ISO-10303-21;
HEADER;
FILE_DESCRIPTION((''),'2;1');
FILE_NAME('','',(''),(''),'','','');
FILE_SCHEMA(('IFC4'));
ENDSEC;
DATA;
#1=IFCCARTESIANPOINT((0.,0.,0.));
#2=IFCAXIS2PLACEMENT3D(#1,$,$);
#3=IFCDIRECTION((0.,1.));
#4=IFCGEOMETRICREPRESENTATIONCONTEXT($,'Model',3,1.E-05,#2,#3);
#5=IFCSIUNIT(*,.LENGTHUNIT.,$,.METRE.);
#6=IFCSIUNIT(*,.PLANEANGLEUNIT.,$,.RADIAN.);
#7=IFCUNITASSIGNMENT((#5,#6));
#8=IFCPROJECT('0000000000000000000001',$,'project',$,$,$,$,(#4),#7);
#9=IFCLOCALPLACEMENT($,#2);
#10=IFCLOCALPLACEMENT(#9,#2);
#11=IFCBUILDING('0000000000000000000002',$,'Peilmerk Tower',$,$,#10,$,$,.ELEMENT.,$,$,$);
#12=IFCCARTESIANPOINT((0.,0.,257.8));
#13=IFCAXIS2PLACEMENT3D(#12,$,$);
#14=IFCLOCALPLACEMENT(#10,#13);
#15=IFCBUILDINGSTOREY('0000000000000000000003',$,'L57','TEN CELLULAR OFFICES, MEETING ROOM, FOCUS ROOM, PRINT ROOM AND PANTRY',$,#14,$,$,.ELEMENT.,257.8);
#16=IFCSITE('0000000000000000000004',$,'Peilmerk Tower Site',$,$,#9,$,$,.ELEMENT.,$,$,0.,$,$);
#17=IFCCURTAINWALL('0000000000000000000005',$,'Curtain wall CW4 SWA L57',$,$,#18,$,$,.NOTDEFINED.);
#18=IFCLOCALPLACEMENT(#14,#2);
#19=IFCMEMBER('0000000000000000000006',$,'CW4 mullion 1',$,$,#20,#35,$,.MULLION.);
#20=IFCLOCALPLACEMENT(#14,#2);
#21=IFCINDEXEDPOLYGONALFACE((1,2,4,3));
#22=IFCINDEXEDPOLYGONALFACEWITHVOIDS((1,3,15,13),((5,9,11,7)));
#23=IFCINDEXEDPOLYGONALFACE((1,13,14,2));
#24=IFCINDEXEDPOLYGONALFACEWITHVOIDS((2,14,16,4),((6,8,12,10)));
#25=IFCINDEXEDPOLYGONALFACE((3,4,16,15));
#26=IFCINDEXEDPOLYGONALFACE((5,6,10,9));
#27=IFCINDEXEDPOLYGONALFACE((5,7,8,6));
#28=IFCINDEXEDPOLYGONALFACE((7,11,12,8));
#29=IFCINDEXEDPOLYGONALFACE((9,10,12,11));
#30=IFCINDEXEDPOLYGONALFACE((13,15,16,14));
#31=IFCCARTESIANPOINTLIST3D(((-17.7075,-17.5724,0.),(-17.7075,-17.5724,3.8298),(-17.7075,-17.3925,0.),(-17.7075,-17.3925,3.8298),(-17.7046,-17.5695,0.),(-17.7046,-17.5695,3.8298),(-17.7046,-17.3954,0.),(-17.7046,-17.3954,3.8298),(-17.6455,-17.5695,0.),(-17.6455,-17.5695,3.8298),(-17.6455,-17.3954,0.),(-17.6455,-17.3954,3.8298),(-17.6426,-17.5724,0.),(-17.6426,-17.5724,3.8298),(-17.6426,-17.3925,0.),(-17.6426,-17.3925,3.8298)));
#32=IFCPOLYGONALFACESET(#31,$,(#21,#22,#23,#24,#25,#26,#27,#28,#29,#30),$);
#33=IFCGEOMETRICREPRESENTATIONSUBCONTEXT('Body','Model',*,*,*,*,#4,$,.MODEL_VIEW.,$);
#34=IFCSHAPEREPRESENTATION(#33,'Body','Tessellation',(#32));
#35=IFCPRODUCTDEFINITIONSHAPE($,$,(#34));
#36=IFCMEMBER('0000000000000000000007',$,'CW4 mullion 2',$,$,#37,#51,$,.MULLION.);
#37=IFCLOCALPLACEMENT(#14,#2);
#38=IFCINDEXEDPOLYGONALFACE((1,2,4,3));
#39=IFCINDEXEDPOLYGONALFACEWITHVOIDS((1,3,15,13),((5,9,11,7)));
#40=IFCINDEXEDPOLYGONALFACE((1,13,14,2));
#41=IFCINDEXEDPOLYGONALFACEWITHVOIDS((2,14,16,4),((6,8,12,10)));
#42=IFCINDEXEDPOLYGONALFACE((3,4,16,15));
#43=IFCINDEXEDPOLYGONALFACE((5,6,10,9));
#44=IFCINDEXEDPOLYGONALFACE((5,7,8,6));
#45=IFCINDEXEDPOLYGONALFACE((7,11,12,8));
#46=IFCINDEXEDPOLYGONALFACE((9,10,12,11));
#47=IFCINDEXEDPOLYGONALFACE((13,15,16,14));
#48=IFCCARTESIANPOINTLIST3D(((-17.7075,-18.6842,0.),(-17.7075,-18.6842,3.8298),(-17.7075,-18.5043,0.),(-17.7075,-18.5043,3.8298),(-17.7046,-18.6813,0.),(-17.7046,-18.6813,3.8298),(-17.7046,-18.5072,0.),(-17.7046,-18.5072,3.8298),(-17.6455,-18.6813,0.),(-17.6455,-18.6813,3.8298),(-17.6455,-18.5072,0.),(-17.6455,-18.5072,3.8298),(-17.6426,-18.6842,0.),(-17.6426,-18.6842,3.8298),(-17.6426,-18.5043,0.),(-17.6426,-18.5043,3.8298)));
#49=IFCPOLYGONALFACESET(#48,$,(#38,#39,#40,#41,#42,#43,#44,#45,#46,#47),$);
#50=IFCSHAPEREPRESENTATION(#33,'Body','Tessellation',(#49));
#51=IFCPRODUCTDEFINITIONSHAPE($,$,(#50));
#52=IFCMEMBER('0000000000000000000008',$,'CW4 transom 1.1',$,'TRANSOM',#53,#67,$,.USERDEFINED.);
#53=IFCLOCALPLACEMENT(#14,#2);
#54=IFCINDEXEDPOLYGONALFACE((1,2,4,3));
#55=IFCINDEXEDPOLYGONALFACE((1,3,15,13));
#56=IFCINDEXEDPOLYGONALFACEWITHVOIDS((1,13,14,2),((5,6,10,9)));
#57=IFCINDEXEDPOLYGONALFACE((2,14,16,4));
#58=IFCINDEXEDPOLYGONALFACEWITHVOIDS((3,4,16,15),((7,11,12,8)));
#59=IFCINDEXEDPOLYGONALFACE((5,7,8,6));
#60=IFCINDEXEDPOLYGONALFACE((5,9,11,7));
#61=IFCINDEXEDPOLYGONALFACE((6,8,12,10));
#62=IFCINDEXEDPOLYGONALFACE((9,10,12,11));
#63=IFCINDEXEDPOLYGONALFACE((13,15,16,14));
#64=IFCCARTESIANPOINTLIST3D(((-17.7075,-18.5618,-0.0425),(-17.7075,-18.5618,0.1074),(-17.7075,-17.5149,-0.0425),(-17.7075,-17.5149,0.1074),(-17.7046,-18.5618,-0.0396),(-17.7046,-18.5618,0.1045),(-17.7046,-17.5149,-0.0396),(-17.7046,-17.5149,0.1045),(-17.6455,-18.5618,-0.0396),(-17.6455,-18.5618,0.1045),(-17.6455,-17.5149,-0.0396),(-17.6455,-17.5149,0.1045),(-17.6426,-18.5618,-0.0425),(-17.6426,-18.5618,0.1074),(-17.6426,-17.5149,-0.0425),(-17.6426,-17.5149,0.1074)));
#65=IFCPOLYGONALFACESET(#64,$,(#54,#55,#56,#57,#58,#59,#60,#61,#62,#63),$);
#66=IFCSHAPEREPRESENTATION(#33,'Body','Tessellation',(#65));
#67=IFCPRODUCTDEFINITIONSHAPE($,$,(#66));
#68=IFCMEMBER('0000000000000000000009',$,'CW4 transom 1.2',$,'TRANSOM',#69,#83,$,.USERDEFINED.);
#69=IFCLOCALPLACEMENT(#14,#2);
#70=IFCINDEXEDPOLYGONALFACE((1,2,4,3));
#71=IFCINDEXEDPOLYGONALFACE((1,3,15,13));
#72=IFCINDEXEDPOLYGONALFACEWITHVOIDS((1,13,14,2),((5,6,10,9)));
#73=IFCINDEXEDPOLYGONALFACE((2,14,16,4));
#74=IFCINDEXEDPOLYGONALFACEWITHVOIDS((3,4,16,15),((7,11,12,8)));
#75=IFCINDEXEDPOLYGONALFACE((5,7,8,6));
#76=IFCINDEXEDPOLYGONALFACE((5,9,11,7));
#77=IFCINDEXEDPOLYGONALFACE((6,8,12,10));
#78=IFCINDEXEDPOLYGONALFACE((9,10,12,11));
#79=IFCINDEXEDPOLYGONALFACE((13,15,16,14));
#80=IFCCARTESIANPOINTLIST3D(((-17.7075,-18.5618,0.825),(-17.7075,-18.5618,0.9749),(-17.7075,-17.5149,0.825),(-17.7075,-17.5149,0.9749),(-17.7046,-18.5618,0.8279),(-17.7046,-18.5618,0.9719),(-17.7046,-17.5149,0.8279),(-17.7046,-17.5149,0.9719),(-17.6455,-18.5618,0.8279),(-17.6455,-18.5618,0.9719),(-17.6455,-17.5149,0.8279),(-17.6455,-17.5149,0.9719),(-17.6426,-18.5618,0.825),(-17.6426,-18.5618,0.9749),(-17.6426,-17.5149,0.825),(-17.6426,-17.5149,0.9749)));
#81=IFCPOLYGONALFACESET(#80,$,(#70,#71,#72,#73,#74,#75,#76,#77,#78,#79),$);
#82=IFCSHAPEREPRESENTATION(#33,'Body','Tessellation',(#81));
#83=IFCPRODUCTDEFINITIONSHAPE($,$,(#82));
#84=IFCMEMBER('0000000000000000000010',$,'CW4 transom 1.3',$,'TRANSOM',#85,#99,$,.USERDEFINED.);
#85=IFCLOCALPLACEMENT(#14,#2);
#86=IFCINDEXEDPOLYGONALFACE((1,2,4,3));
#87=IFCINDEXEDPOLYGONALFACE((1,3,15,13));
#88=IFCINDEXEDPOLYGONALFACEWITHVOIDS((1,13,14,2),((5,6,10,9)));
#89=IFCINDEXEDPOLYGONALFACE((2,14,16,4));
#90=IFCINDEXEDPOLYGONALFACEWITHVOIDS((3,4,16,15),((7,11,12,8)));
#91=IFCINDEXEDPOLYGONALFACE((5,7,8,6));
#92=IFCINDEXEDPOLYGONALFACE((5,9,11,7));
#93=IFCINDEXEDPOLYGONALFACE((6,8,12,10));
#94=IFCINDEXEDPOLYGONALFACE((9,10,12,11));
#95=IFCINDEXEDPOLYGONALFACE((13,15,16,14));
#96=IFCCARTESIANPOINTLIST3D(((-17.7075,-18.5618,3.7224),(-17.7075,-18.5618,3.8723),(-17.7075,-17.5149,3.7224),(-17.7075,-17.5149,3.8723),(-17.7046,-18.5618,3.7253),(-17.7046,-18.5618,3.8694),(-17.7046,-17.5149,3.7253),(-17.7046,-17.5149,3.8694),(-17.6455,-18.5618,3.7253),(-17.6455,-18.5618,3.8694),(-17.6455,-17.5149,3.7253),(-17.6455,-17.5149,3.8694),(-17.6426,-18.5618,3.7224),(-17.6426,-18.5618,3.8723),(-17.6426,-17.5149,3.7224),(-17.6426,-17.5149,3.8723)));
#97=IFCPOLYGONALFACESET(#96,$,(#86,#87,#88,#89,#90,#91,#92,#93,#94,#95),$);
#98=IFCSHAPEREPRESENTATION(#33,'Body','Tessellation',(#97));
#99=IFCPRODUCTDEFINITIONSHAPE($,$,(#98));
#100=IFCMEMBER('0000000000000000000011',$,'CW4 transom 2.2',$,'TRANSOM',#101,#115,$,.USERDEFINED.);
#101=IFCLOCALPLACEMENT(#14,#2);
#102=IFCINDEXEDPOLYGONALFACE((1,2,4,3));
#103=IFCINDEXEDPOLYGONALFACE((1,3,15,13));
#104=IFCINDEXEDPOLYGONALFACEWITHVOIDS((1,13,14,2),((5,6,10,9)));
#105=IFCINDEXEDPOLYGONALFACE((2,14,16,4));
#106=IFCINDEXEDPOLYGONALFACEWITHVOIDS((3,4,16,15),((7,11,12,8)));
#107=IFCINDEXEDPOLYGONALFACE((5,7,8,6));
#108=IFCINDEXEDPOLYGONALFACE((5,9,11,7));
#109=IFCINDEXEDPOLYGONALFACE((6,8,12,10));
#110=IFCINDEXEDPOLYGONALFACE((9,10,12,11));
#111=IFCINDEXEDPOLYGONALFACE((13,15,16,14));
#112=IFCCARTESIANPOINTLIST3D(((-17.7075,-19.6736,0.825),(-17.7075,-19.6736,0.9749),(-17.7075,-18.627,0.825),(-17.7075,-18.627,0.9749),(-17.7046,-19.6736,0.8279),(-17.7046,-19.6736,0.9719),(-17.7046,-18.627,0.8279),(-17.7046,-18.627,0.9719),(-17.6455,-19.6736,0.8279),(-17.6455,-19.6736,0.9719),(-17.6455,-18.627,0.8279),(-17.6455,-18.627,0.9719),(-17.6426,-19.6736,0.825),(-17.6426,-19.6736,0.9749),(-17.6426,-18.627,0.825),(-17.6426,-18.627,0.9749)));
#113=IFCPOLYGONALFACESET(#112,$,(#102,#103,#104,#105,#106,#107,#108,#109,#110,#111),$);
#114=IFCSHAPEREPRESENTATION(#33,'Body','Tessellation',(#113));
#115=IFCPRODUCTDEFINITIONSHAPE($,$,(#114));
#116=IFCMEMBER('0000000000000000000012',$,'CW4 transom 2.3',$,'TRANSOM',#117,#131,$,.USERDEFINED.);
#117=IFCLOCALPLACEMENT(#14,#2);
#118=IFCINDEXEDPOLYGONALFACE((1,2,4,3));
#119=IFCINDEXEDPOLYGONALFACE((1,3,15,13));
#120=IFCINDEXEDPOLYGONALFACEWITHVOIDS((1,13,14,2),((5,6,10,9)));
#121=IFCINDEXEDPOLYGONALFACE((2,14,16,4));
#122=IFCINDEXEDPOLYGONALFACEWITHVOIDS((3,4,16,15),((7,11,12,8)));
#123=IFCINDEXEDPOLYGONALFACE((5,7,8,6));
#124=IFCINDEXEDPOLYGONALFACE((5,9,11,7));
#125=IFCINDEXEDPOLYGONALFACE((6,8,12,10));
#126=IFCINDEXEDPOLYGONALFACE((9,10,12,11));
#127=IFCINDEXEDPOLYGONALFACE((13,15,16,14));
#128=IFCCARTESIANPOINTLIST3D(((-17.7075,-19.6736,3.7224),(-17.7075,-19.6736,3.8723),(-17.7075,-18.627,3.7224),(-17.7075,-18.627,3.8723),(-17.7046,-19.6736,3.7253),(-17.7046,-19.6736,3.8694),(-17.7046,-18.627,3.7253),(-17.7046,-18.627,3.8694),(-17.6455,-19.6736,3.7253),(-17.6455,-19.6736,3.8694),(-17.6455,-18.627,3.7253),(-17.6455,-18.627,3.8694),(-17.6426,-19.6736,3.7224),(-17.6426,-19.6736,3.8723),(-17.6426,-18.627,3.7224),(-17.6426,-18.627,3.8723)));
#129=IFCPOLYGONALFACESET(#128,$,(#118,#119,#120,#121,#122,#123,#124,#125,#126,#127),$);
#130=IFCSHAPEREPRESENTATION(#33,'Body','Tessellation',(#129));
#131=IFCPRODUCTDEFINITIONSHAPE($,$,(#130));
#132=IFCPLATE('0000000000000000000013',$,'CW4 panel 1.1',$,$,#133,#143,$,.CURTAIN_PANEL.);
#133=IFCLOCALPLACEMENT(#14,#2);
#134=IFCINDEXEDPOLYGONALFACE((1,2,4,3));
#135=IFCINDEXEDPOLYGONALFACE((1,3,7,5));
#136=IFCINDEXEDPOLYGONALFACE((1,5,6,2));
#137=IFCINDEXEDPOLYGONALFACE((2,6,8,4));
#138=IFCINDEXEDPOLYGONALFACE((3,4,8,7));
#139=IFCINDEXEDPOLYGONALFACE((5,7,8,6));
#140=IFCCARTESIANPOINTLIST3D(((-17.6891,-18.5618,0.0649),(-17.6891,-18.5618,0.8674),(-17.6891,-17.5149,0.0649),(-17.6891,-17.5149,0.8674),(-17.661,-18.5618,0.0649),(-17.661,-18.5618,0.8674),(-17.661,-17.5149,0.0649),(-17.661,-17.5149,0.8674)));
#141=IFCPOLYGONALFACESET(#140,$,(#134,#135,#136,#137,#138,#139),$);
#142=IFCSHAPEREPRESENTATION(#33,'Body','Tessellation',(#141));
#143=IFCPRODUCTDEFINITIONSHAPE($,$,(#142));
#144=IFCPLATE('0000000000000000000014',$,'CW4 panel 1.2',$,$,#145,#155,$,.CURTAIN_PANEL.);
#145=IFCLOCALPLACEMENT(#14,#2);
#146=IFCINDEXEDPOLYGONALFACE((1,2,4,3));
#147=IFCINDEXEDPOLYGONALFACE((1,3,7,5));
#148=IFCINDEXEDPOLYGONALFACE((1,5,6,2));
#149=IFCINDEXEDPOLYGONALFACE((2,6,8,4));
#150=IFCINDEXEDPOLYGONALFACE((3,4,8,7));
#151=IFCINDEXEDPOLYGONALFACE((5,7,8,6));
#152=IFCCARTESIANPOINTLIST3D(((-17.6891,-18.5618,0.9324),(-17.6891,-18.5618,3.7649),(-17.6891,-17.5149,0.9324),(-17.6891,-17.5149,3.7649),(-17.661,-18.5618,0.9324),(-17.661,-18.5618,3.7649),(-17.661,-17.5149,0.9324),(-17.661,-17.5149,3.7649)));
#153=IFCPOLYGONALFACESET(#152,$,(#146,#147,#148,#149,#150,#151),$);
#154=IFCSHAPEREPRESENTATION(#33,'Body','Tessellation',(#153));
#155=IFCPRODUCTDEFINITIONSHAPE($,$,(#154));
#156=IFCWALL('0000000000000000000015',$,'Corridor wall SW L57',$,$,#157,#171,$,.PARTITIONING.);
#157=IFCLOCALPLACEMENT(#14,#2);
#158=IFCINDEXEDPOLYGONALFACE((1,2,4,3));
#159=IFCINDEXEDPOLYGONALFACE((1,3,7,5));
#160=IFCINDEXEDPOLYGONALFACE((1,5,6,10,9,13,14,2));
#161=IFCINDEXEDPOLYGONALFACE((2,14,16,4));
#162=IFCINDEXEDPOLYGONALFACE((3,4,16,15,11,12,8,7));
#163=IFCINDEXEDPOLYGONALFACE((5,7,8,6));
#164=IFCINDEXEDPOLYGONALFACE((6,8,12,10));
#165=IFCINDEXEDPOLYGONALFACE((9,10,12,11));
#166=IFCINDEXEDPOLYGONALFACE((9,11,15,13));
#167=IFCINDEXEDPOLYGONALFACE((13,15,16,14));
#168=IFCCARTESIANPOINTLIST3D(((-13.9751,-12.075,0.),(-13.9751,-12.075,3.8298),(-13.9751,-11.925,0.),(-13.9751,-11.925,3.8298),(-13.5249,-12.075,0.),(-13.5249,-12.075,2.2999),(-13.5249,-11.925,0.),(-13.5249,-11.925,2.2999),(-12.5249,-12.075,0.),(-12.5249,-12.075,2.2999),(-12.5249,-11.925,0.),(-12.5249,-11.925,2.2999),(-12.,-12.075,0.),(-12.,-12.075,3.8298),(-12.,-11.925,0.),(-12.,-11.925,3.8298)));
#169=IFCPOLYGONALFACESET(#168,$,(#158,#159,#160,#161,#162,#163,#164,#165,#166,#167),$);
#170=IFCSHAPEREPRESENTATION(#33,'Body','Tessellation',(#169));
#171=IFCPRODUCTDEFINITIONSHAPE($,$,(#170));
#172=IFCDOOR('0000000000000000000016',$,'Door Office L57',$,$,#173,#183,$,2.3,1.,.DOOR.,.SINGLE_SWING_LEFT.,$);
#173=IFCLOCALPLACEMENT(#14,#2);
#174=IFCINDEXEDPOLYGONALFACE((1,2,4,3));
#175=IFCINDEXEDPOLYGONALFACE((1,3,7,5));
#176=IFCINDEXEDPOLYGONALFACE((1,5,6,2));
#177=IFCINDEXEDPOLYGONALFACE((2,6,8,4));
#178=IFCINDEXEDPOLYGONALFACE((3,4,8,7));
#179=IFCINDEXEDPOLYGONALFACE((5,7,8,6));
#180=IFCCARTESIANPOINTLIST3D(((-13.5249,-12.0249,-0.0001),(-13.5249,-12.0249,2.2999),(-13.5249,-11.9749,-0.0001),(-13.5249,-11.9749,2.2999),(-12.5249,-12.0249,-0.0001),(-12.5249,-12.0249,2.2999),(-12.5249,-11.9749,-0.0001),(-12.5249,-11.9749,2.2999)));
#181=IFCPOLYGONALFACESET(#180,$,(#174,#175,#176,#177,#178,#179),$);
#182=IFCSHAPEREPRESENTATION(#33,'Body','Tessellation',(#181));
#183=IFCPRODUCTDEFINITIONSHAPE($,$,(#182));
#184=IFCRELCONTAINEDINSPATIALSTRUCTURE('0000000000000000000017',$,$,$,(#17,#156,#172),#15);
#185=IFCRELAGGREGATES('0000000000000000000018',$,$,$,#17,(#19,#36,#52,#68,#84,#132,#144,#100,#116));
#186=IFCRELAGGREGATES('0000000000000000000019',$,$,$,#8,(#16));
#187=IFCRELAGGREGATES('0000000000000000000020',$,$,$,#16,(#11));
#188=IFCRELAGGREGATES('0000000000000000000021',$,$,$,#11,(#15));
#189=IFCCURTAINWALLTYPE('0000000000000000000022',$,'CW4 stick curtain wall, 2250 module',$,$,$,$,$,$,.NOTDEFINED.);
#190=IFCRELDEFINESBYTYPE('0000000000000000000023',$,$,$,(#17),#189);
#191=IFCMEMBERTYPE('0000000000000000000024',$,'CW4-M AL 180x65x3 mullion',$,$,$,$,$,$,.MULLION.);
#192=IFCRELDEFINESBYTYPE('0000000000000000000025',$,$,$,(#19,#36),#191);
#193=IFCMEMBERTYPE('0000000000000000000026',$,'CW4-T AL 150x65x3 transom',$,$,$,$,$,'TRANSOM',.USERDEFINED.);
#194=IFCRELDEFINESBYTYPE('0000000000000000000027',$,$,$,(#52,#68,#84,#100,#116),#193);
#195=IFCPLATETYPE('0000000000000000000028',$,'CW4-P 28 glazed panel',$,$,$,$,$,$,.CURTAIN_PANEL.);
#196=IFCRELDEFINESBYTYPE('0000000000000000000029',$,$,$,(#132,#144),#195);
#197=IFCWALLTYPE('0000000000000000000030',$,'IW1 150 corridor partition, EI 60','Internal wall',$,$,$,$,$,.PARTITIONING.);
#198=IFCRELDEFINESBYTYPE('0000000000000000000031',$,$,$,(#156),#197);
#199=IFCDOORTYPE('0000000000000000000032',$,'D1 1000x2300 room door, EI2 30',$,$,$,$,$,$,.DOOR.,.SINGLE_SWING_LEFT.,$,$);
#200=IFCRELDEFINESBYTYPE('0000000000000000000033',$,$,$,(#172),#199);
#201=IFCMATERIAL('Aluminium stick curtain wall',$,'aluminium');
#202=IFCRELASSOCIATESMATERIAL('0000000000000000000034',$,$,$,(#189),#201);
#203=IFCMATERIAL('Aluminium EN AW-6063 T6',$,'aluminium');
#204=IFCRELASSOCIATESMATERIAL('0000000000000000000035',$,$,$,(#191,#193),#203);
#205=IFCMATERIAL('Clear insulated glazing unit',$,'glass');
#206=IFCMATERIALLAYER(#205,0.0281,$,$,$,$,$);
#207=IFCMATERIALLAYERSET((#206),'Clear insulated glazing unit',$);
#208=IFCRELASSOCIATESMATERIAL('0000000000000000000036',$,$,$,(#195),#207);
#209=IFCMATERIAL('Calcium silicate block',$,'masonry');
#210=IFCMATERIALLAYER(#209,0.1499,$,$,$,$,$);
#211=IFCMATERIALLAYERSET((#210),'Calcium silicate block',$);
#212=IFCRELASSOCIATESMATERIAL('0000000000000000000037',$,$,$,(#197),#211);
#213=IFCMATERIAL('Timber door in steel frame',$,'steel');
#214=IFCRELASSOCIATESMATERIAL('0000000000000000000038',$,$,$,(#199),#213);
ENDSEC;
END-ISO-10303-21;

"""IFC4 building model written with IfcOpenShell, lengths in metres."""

from ifc_helpers import new_model, si_unit, direction, frame, frame_2d, origin, origin_2d, place, context, subcontext, project, spatial, rectangle, hollow_rectangle, extrude, material, layer, layer_set, material_profile, profile_set, type_object, element, fill, aggregate, save


model = new_model("IFC4")

# Units and contexts
model_context = context("Model", 3, precision=1e-05, world=origin(), true_north=direction((0.0, 1.0)))
body_context = subcontext(model_context, "Body", "Model", "MODEL_VIEW")
ifc_project = project(units=[si_unit("LENGTHUNIT", "METRE"), si_unit("PLANEANGLEUNIT", "RADIAN")], contexts=[model_context])

# Site, building, storey
site_placement = place(None, origin())
site = spatial("IfcSite", under=ifc_project, at=site_placement, Name="Peilmerk Tower Site", CompositionType="ELEMENT", RefElevation=0.0)
building_placement = place(site_placement, origin())
building = spatial("IfcBuilding", under=site, at=building_placement, Name="Peilmerk Tower", CompositionType="ELEMENT")
storey_placement = place(building_placement, frame((0.0, 0.0, 257.8)))
storey = spatial("IfcBuildingStorey", under=building, at=storey_placement, Name="L57", Description="TEN CELLULAR OFFICES, MEETING ROOM, FOCUS ROOM, PRINT ROOM AND PANTRY", CompositionType="ELEMENT", Elevation=257.8)

# Curtain wall, members, plates
ifc_material_1 = material(Name="Aluminium stick curtain wall", Category="aluminium")
curtain_wall_type = type_object("IfcCurtainWallType", Name="CW4 stick curtain wall, 2250 module", PredefinedType="NOTDEFINED", material=ifc_material_1)
curtain_wall_placement = place(storey_placement, origin())
curtain_wall = element("IfcCurtainWall", 1, at=curtain_wall_placement, inside=storey, type_object=curtain_wall_type, Name="Curtain wall CW4 SWA L57", PredefinedType="NOTDEFINED")
ifc_material_2 = material(Name="Aluminium EN AW-6063 T6", Category="aluminium")
ifc_material_profile_1 = material_profile(ifc_material_2, hollow_rectangle(XDim=0.0649, YDim=0.1799, WallThickness=0.0029, at=origin_2d()), Name="AL 180x65x3")
ifc_profile_set_1 = profile_set([ifc_material_profile_1], Name="Aluminium EN AW-6063 T6")
member_type_1 = type_object("IfcMemberType", Name="CW4-M AL 180x65x3 mullion", PredefinedType="MULLION", material=ifc_profile_set_1)
member_1_placement = place(storey_placement, frame((-17.675, -17.4824, 0.0), z_axis=(0.0, 0.0, 1.0), x_axis=(1.0, 0.0, 0.0)))
member_1 = element("IfcMember", 2, at=member_1_placement, type_object=member_type_1, Name="CW4 mullion 1", PredefinedType="MULLION", context=body_context, shape_type="SweptSolid", body=[
    extrude(hollow_rectangle(XDim=0.0649, YDim=0.1799, WallThickness=0.0029, at=origin_2d()), origin(), (0.0, 0.0, 1.0), 3.8298),
])
member_2_placement = place(storey_placement, frame((-17.675, -18.5942, 0.0), z_axis=(0.0, 0.0, 1.0), x_axis=(1.0, 0.0, 0.0)))
member_2 = element("IfcMember", 3, at=member_2_placement, type_object=member_type_1, Name="CW4 mullion 2", PredefinedType="MULLION", context=body_context, shape_type="SweptSolid", body=[
    extrude(hollow_rectangle(XDim=0.0649, YDim=0.1799, WallThickness=0.0029, at=origin_2d()), origin(), (0.0, 0.0, 1.0), 3.8298),
])
ifc_material_profile_2 = material_profile(ifc_material_2, hollow_rectangle(XDim=0.0649, YDim=0.1499, WallThickness=0.0029, at=origin_2d()), Name="AL 150x65x3")
ifc_profile_set_2 = profile_set([ifc_material_profile_2], Name="Aluminium EN AW-6063 T6")
member_type_2 = type_object("IfcMemberType", Name="CW4-T AL 150x65x3 transom", ElementType="TRANSOM", PredefinedType="USERDEFINED", material=ifc_profile_set_2)
member_3_placement = place(storey_placement, frame((-17.675, -17.5149, 0.0325), z_axis=(0.0, -1.0, 0.0), x_axis=(1.0, 0.0, 0.0)))
member_3 = element("IfcMember", 4, at=member_3_placement, type_object=member_type_2, Name="CW4 transom 1.1", ObjectType="TRANSOM", PredefinedType="USERDEFINED", context=body_context, shape_type="SweptSolid", body=[
    extrude(hollow_rectangle(XDim=0.0649, YDim=0.1499, WallThickness=0.0029, at=origin_2d()), origin(), (0.0, 0.0, 1.0), 1.0469),
])
member_4_placement = place(storey_placement, frame((-17.675, -17.5149, 0.8999), z_axis=(0.0, -1.0, 0.0), x_axis=(1.0, 0.0, 0.0)))
member_4 = element("IfcMember", 5, at=member_4_placement, type_object=member_type_2, Name="CW4 transom 1.2", ObjectType="TRANSOM", PredefinedType="USERDEFINED", context=body_context, shape_type="SweptSolid", body=[
    extrude(hollow_rectangle(XDim=0.0649, YDim=0.1499, WallThickness=0.0029, at=origin_2d()), origin(), (0.0, 0.0, 1.0), 1.0469),
])
member_5_placement = place(storey_placement, frame((-17.675, -17.5149, 3.7974), z_axis=(0.0, -1.0, 0.0), x_axis=(1.0, 0.0, 0.0)))
member_5 = element("IfcMember", 6, at=member_5_placement, type_object=member_type_2, Name="CW4 transom 1.3", ObjectType="TRANSOM", PredefinedType="USERDEFINED", context=body_context, shape_type="SweptSolid", body=[
    extrude(hollow_rectangle(XDim=0.0649, YDim=0.1499, WallThickness=0.0029, at=origin_2d()), origin(), (0.0, 0.0, 1.0), 1.0469),
])
member_6_placement = place(storey_placement, frame((-17.675, -18.627, 0.8999), z_axis=(0.0, -1.0, 0.0), x_axis=(1.0, 0.0, 0.0)))
member_6 = element("IfcMember", 7, at=member_6_placement, type_object=member_type_2, Name="CW4 transom 2.2", ObjectType="TRANSOM", PredefinedType="USERDEFINED", context=body_context, shape_type="SweptSolid", body=[
    extrude(hollow_rectangle(XDim=0.0649, YDim=0.1499, WallThickness=0.0029, at=origin_2d()), origin(), (0.0, 0.0, 1.0), 1.0466),
])
member_7_placement = place(storey_placement, frame((-17.675, -18.627, 3.7974), z_axis=(0.0, -1.0, 0.0), x_axis=(1.0, 0.0, 0.0)))
member_7 = element("IfcMember", 8, at=member_7_placement, type_object=member_type_2, Name="CW4 transom 2.3", ObjectType="TRANSOM", PredefinedType="USERDEFINED", context=body_context, shape_type="SweptSolid", body=[
    extrude(hollow_rectangle(XDim=0.0649, YDim=0.1499, WallThickness=0.0029, at=origin_2d()), origin(), (0.0, 0.0, 1.0), 1.0466),
])
ifc_material_3 = material(Name="Clear insulated glazing unit", Category="glass")
ifc_layer_1 = layer(ifc_material_3, 0.0281)
ifc_layer_set_1 = layer_set([ifc_layer_1], Name="Clear insulated glazing unit")
plate_type = type_object("IfcPlateType", Name="CW4-P 28 glazed panel", PredefinedType="CURTAIN_PANEL", material=ifc_layer_set_1)
plate_1_placement = place(storey_placement, frame((-17.675, -18.0383, 0.0649), z_axis=(0.0, 0.0, 1.0), x_axis=(0.0, -1.0, 0.0)))
plate_1 = element("IfcPlate", 9, at=plate_1_placement, type_object=plate_type, Name="CW4 panel 1.1", PredefinedType="CURTAIN_PANEL", context=body_context, shape_type="SweptSolid", body=[
    extrude(rectangle(XDim=1.0469, YDim=0.0281, at=origin_2d()), origin(), (0.0, 0.0, 1.0), 0.8025),
])
plate_2_placement = place(storey_placement, frame((-17.675, -18.0383, 0.9324), z_axis=(0.0, 0.0, 1.0), x_axis=(0.0, -1.0, 0.0)))
plate_2 = element("IfcPlate", 10, at=plate_2_placement, type_object=plate_type, Name="CW4 panel 1.2", PredefinedType="CURTAIN_PANEL", context=body_context, shape_type="SweptSolid", body=[
    extrude(rectangle(XDim=1.0469, YDim=0.0281, at=origin_2d()), origin(), (0.0, 0.0, 1.0), 2.8325),
])
aggregate(curtain_wall, [member_1, member_2, member_3, member_4, member_5, plate_1, plate_2, member_6, member_7])

# Wall, opening, door
ifc_material_4 = material(Name="Calcium silicate block", Category="masonry")
ifc_layer_2 = layer(ifc_material_4, 0.1499)
ifc_layer_set_2 = layer_set([ifc_layer_2], Name="Calcium silicate block")
wall_type_1 = type_object("IfcWallType", Name="IW1 150 corridor partition, EI 60", Description="Internal wall", PredefinedType="PARTITIONING", material=ifc_layer_set_2)
wall_1_placement = place(storey_placement, frame((-12.0, -12.0, 0.0), z_axis=(0.0, 0.0, 1.0), x_axis=(-1.0, 0.0, 0.0)))
wall_1 = element("IfcWall", 11, at=wall_1_placement, inside=storey, type_object=wall_type_1, Name="Corridor wall SW L57", PredefinedType="PARTITIONING", context=body_context, shape_type="SweptSolid", body=[
    extrude(rectangle(XDim=1.9751, YDim=0.1499, at=frame_2d((0.9875, 0.0))), origin(), (0.0, 0.0, 1.0), 3.8298),
])
opening_placement = place(wall_1_placement, frame((0.5249, 0.0, 0.0)))
opening = element("IfcOpeningElement", 12, at=opening_placement, cuts=wall_1, PredefinedType="OPENING", context=body_context, shape_type="SweptSolid", body=[
    extrude(rectangle(XDim=1.0, YDim=2.3, at=frame_2d((0.5, 1.1499))), frame((0.0, 0.085, 0.0), z_axis=(0.0, -1.0, 0.0), x_axis=(1.0, 0.0, 0.0)), (0.0, 0.0, 1.0), 0.1699),
])
ifc_material_5 = material(Name="Timber door in steel frame", Category="steel")
door_type = type_object("IfcDoorType", Name="D1 1000x2300 room door, EI2 30", OperationType="SINGLE_SWING_LEFT", PredefinedType="DOOR", material=ifc_material_5)
door_placement = place(opening_placement, origin())
door = element("IfcDoor", 13, at=door_placement, inside=storey, type_object=door_type, Name="Door Office L57", OperationType="SINGLE_SWING_LEFT", OverallHeight=2.3, OverallWidth=1.0, PredefinedType="DOOR", context=body_context, shape_type="SweptSolid", body=[
    extrude(rectangle(XDim=1.0, YDim=2.3, at=frame_2d((0.5, 1.1499))), frame((0.0, 0.0249, 0.0), z_axis=(0.0, -1.0, 0.0), x_axis=(1.0, 0.0, 0.0)), (0.0, 0.0, 1.0), 0.05),
])
fill(opening, door)

save(model, "model.ifc")
